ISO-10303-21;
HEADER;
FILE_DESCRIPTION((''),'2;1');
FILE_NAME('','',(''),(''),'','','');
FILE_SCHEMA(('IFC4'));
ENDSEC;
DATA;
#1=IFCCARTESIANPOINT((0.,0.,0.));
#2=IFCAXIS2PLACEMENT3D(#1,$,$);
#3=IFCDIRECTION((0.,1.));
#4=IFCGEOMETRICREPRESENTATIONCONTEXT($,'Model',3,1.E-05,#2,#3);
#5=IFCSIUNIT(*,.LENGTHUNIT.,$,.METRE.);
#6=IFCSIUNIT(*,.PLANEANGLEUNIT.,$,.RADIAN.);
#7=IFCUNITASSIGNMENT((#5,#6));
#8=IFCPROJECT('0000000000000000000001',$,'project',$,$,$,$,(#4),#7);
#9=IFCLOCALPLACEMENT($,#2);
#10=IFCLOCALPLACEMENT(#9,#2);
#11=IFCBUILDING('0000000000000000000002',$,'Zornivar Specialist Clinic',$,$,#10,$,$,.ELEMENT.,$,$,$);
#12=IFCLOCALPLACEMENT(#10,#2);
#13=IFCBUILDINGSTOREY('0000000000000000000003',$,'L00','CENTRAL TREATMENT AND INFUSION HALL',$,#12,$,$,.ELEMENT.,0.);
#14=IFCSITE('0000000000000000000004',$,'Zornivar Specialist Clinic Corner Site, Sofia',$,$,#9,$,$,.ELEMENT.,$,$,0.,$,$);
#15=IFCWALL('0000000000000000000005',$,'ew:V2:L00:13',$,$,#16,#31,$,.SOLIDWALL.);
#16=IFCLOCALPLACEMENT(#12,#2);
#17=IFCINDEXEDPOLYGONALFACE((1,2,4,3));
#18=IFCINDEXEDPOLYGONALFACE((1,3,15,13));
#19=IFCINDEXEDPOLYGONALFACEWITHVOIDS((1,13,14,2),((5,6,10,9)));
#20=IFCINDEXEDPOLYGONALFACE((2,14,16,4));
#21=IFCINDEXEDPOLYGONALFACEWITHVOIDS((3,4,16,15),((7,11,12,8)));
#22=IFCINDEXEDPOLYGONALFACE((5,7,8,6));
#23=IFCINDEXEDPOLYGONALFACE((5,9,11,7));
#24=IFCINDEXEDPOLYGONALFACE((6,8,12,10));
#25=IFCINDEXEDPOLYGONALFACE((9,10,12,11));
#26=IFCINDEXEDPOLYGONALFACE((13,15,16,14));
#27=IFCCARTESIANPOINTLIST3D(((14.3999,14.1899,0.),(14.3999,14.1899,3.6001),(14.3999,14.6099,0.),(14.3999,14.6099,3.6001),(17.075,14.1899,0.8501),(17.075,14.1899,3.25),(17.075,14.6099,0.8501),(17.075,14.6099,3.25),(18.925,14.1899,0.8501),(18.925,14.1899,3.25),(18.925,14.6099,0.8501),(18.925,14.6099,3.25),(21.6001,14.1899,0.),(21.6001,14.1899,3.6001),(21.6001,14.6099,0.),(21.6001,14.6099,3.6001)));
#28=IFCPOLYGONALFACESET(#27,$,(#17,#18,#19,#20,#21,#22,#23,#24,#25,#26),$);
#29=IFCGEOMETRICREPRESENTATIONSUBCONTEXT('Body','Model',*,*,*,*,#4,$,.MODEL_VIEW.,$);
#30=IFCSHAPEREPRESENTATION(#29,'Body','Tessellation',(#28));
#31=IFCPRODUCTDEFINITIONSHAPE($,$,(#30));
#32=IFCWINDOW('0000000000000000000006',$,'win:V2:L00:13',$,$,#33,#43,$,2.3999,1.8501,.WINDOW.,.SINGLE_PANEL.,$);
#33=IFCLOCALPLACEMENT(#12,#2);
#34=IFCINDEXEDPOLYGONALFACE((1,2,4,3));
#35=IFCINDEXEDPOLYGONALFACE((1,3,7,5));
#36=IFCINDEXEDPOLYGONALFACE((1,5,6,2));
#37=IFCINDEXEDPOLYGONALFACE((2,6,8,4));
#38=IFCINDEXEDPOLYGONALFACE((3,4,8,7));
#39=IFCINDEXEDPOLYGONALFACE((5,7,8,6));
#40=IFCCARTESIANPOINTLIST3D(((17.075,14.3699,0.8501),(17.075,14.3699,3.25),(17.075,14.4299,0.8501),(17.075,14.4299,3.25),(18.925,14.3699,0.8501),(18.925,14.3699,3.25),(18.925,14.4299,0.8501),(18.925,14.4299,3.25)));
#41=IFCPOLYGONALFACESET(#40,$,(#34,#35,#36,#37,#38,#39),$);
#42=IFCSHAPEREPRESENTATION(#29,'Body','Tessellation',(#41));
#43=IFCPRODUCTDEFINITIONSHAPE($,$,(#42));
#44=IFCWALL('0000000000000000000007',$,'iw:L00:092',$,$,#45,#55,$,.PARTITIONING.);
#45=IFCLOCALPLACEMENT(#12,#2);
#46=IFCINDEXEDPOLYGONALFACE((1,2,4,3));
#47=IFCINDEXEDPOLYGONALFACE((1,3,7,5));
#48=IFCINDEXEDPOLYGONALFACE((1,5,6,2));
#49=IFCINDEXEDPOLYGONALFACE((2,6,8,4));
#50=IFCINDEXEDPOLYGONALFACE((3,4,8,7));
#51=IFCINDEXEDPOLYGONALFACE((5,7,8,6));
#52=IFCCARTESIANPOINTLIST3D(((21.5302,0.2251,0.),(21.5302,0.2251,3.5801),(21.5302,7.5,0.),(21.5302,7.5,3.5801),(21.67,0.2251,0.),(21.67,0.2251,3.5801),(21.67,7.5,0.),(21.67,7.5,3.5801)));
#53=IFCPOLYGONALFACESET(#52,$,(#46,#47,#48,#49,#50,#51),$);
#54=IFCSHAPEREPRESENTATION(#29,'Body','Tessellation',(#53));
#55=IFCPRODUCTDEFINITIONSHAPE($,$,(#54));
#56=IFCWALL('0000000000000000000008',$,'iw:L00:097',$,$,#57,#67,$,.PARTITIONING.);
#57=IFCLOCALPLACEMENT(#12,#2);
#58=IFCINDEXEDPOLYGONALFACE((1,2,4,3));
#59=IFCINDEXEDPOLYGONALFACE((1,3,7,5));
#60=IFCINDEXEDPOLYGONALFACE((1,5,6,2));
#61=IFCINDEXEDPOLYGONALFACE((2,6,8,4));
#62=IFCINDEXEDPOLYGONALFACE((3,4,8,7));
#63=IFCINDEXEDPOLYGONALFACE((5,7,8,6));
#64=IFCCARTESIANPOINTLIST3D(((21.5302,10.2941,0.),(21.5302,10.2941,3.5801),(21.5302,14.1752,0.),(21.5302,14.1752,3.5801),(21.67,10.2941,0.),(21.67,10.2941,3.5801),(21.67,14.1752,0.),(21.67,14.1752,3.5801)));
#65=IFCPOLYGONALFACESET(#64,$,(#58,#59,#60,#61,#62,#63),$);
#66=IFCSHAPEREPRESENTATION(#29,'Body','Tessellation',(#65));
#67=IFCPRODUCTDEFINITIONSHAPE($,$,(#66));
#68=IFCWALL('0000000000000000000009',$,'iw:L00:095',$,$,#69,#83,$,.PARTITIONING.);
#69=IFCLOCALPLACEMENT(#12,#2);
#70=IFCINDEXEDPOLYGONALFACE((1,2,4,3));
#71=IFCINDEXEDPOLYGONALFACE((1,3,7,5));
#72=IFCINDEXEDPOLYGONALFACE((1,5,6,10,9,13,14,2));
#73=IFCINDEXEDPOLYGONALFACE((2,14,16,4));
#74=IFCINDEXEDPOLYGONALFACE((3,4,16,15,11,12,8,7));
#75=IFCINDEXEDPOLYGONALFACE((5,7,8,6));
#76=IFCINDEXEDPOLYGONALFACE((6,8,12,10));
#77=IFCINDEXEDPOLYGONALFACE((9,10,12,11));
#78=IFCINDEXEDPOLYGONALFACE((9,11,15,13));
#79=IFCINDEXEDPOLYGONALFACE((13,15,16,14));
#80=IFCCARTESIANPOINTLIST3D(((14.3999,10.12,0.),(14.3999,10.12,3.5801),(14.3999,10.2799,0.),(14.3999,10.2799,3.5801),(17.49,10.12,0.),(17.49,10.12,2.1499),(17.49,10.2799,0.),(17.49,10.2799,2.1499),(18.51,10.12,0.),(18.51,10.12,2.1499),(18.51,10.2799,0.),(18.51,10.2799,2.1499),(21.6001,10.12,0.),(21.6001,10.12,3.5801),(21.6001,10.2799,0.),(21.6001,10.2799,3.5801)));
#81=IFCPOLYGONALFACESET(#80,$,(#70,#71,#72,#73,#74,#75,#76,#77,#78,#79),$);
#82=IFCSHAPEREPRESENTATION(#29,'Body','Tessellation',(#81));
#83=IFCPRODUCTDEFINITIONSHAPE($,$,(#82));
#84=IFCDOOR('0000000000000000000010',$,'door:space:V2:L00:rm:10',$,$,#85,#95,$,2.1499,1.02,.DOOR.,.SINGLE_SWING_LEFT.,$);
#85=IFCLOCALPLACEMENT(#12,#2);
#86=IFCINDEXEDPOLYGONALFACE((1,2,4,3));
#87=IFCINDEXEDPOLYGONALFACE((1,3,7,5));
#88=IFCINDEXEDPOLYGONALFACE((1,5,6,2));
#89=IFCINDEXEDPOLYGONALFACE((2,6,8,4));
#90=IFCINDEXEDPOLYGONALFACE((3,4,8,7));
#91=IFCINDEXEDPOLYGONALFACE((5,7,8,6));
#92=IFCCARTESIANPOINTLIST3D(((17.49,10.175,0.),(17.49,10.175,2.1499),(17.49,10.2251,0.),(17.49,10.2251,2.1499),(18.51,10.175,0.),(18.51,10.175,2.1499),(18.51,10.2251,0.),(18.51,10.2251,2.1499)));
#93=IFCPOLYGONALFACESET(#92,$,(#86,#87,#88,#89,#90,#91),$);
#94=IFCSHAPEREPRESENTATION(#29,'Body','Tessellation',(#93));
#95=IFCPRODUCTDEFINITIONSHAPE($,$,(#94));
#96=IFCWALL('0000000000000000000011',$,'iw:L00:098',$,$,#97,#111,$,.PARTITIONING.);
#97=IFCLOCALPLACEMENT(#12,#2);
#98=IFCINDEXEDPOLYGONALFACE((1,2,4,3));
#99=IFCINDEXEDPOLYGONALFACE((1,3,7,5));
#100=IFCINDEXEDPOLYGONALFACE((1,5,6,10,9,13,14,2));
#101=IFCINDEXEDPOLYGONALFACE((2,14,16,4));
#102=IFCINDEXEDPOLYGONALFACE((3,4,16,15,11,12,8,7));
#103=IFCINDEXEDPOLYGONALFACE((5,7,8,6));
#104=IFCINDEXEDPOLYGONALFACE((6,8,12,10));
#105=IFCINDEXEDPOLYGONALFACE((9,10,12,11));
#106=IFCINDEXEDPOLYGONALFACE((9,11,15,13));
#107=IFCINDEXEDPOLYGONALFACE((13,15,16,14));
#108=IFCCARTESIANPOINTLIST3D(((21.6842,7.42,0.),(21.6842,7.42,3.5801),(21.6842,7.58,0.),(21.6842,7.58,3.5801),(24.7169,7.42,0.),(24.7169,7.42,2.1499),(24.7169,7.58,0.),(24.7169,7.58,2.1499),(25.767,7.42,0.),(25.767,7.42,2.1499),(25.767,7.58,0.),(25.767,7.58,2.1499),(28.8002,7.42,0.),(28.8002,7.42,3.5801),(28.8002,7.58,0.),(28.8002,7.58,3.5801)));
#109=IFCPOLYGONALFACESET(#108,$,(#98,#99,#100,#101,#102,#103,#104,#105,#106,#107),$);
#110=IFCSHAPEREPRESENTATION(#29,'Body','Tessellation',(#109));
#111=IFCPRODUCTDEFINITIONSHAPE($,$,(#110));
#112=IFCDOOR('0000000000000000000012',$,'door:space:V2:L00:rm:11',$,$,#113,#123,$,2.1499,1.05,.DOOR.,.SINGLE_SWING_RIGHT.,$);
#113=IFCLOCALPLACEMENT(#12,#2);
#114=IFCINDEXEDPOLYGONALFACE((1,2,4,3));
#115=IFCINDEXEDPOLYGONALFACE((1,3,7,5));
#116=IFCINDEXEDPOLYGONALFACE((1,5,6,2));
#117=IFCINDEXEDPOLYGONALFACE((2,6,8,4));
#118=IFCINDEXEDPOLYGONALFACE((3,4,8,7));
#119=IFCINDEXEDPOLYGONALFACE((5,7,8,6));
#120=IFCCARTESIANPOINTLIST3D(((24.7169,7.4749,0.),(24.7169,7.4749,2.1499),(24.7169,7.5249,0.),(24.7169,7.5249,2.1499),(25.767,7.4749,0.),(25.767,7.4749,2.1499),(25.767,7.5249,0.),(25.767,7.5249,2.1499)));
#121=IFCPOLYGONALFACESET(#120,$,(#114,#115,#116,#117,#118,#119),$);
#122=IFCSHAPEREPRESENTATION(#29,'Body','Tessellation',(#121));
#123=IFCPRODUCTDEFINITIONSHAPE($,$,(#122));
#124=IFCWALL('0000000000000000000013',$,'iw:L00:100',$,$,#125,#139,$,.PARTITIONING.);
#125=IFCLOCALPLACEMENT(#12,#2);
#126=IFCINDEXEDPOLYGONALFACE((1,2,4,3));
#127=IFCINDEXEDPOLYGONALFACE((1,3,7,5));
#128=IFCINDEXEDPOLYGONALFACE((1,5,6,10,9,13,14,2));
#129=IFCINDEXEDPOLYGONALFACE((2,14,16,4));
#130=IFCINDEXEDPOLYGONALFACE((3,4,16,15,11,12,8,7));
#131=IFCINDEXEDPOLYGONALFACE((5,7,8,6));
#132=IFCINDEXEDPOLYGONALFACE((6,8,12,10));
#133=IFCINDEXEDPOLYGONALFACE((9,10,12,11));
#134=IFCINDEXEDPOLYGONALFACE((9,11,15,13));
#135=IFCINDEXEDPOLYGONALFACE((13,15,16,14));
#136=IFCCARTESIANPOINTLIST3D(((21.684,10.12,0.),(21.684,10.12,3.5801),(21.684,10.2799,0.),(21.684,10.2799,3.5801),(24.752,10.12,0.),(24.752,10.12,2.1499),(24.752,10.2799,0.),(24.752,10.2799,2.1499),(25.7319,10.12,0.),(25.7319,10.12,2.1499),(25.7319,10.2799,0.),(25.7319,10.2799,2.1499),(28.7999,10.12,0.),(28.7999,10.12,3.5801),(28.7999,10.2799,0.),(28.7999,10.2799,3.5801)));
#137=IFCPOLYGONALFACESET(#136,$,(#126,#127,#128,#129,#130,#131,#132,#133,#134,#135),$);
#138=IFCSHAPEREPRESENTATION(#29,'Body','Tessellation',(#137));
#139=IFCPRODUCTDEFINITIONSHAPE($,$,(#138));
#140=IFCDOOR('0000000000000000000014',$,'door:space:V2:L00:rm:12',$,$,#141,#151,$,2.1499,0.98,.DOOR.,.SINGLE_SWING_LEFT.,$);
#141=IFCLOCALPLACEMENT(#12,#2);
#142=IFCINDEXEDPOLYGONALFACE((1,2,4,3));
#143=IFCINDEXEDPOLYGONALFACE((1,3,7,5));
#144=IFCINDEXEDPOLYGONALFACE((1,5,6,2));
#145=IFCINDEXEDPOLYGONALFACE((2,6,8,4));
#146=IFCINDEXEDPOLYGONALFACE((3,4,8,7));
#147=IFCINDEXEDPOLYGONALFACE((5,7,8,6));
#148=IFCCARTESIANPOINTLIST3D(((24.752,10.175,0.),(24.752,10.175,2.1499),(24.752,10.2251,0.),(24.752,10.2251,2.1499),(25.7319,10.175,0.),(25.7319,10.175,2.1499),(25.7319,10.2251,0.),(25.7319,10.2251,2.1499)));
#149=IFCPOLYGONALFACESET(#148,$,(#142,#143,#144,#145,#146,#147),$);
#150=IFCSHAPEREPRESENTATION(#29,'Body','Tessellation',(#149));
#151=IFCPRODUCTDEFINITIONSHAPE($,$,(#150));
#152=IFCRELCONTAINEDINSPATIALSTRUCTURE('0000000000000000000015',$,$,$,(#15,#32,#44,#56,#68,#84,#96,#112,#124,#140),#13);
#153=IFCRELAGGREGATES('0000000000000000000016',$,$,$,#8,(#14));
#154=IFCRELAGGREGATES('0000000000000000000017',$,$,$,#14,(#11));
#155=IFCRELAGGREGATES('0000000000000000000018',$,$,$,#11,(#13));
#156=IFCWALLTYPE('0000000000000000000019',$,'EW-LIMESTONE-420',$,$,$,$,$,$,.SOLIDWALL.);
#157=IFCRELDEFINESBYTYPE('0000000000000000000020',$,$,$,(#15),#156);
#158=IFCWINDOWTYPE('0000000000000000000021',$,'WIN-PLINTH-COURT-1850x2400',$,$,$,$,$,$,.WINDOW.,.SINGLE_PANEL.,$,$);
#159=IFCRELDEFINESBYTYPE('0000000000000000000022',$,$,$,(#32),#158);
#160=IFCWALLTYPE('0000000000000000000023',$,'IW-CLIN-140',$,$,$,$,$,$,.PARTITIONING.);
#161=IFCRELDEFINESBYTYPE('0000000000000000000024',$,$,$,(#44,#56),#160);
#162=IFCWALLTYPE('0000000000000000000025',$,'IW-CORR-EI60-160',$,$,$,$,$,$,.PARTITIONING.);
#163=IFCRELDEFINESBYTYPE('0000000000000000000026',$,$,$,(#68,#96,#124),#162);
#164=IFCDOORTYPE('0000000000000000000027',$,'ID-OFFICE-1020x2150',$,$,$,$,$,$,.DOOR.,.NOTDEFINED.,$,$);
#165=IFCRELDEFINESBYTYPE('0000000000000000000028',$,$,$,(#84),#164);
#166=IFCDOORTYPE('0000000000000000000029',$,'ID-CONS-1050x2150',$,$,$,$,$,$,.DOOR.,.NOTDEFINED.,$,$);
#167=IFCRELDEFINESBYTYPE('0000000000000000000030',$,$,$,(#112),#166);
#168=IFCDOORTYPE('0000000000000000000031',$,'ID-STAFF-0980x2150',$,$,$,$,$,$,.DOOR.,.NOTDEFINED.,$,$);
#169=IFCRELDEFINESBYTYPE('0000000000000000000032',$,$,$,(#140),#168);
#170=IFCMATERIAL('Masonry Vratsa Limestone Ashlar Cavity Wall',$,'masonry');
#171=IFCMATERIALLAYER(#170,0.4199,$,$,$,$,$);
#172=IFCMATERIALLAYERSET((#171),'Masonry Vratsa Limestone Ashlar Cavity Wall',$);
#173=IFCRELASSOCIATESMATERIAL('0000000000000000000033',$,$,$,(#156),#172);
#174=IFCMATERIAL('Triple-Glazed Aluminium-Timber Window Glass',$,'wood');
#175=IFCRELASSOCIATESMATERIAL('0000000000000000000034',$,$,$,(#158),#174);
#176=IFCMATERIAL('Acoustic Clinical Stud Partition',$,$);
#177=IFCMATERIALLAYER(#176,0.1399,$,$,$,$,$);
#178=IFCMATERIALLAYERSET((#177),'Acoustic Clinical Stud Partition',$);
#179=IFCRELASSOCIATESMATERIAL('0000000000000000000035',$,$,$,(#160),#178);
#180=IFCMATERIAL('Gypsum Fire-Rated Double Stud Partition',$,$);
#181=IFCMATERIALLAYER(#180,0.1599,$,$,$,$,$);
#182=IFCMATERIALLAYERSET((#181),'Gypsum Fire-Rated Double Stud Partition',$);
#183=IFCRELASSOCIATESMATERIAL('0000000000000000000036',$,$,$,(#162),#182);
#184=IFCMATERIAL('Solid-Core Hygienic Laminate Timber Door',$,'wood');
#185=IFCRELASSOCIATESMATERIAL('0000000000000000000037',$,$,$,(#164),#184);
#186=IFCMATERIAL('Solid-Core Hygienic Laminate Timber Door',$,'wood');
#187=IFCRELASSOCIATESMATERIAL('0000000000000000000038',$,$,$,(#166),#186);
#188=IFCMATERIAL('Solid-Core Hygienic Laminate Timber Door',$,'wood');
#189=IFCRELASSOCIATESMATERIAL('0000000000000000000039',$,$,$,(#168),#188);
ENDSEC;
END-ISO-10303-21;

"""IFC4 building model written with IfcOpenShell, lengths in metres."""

from ifc_helpers import new_model, si_unit, direction, frame, frame_2d, origin, place, context, subcontext, project, spatial, rectangle, extrude, material, layer, layer_set, type_object, element, fill, save


model = new_model("IFC4")

# Units and contexts
model_context = context("Model", 3, precision=1e-05, world=origin(), true_north=direction((0.0, 1.0)))
body_context = subcontext(model_context, "Body", "Model", "MODEL_VIEW")
ifc_project = project(units=[si_unit("LENGTHUNIT", "METRE"), si_unit("PLANEANGLEUNIT", "RADIAN")], contexts=[model_context])

# Site, building, storey
site_placement = place(None, origin())
site = spatial("IfcSite", under=ifc_project, at=site_placement, Name="Zornivar Specialist Clinic Corner Site, Sofia", CompositionType="ELEMENT", RefElevation=0.0)
building_placement = place(site_placement, origin())
building = spatial("IfcBuilding", under=site, at=building_placement, Name="Zornivar Specialist Clinic", CompositionType="ELEMENT")
storey_placement = place(building_placement, origin())
storey = spatial("IfcBuildingStorey", under=building, at=storey_placement, Name="L00", Description="CENTRAL TREATMENT AND INFUSION HALL", CompositionType="ELEMENT", Elevation=0.0)

# Wall, opening, window
ifc_material_1 = material(Name="Masonry Vratsa Limestone Ashlar Cavity Wall", Category="masonry")
ifc_layer_1 = layer(ifc_material_1, 0.4199)
ifc_layer_set_1 = layer_set([ifc_layer_1], Name="Masonry Vratsa Limestone Ashlar Cavity Wall")
wall_type_1 = type_object("IfcWallType", Name="EW-LIMESTONE-420", PredefinedType="SOLIDWALL", material=ifc_layer_set_1)
wall_1_placement = place(storey_placement, frame((21.6001, 14.3999, 0.0), z_axis=(0.0, 0.0, 1.0), x_axis=(-1.0, 0.0, 0.0)))
wall_1 = element("IfcWall", 1, at=wall_1_placement, inside=storey, type_object=wall_type_1, Name="ew:V2:L00:13", PredefinedType="SOLIDWALL", context=body_context, shape_type="SweptSolid", body=[
    extrude(rectangle(XDim=7.2002, YDim=0.4199, at=frame_2d((3.6001, 0.0))), origin(), (0.0, 0.0, 1.0), 3.6001),
])
opening_1_placement = place(wall_1_placement, frame((2.675, 0.0, 0.8501)))
opening_1 = element("IfcOpeningElement", 2, at=opening_1_placement, cuts=wall_1, PredefinedType="OPENING", context=body_context, shape_type="SweptSolid", body=[
    extrude(rectangle(XDim=1.8501, YDim=2.3999, at=frame_2d((0.925, 1.2))), frame((0.0, 0.22, 0.0), z_axis=(0.0, -1.0, 0.0), x_axis=(1.0, 0.0, 0.0)), (0.0, 0.0, 1.0), 0.4399),
])
ifc_material_2 = material(Name="Triple-Glazed Aluminium-Timber Window Glass", Category="wood")
window_type = type_object("IfcWindowType", Name="WIN-PLINTH-COURT-1850x2400", PartitioningType="SINGLE_PANEL", PredefinedType="WINDOW", material=ifc_material_2)
window_placement = place(opening_1_placement, origin())
window = element("IfcWindow", 3, at=window_placement, inside=storey, type_object=window_type, Name="win:V2:L00:13", OverallHeight=2.3999, OverallWidth=1.8501, PartitioningType="SINGLE_PANEL", PredefinedType="WINDOW", context=body_context, shape_type="SweptSolid", body=[
    extrude(rectangle(XDim=1.8501, YDim=2.3999, at=frame_2d((0.925, 1.2))), frame((0.0, 0.03, 0.0), z_axis=(0.0, -1.0, 0.0), x_axis=(1.0, 0.0, 0.0)), (0.0, 0.0, 1.0), 0.0601),
])
fill(opening_1, window)

# Walls
ifc_material_3 = material(Name="Acoustic Clinical Stud Partition")
ifc_layer_2 = layer(ifc_material_3, 0.1399)
ifc_layer_set_2 = layer_set([ifc_layer_2], Name="Acoustic Clinical Stud Partition")
wall_type_2 = type_object("IfcWallType", Name="IW-CLIN-140", PredefinedType="PARTITIONING", material=ifc_layer_set_2)
wall_2_placement = place(storey_placement, frame((21.6001, 7.5, 0.0), z_axis=(0.0, 0.0, 1.0), x_axis=(0.0, -1.0, 0.0)))
element("IfcWall", 4, at=wall_2_placement, inside=storey, type_object=wall_type_2, Name="iw:L00:092", PredefinedType="PARTITIONING", context=body_context, shape_type="SweptSolid", body=[
    extrude(rectangle(XDim=7.2749, YDim=0.1399, at=frame_2d((3.6375, 0.0))), origin(), (0.0, 0.0, 1.0), 3.5801),
])
wall_3_placement = place(storey_placement, frame((21.6001, 14.175, 0.0), z_axis=(0.0, 0.0, 1.0), x_axis=(0.0, -1.0, 0.0)))
element("IfcWall", 5, at=wall_3_placement, inside=storey, type_object=wall_type_2, Name="iw:L00:097", PredefinedType="PARTITIONING", context=body_context, shape_type="SweptSolid", body=[
    extrude(rectangle(XDim=3.8811, YDim=0.1399, at=frame_2d((1.9404, 0.0))), origin(), (0.0, 0.0, 1.0), 3.5801),
])

# Walls, openings, doors
ifc_material_4 = material(Name="Gypsum Fire-Rated Double Stud Partition")
ifc_layer_3 = layer(ifc_material_4, 0.1599)
ifc_layer_set_3 = layer_set([ifc_layer_3], Name="Gypsum Fire-Rated Double Stud Partition")
wall_type_3 = type_object("IfcWallType", Name="IW-CORR-EI60-160", PredefinedType="PARTITIONING", material=ifc_layer_set_3)
wall_4_placement = place(storey_placement, frame((21.6001, 10.2, 0.0), z_axis=(0.0, 0.0, 1.0), x_axis=(-1.0, 0.0, 0.0)))
wall_4 = element("IfcWall", 6, at=wall_4_placement, inside=storey, type_object=wall_type_3, Name="iw:L00:095", PredefinedType="PARTITIONING", context=body_context, shape_type="SweptSolid", body=[
    extrude(rectangle(XDim=7.2002, YDim=0.1599, at=frame_2d((3.6001, 0.0))), origin(), (0.0, 0.0, 1.0), 3.5801),
])
opening_2_placement = place(wall_4_placement, frame((3.0901, 0.0, 0.0)))
opening_2 = element("IfcOpeningElement", 7, at=opening_2_placement, cuts=wall_4, PredefinedType="OPENING", context=body_context, shape_type="SweptSolid", body=[
    extrude(rectangle(XDim=1.02, YDim=2.1499, at=frame_2d((0.51, 1.075))), frame((0.0, 0.0898, 0.0), z_axis=(0.0, -1.0, 0.0), x_axis=(1.0, 0.0, 0.0)), (0.0, 0.0, 1.0), 0.1799),
])
ifc_material_5 = material(Name="Solid-Core Hygienic Laminate Timber Door", Category="wood")
door_type_1 = type_object("IfcDoorType", Name="ID-OFFICE-1020x2150", OperationType="NOTDEFINED", PredefinedType="DOOR", material=ifc_material_5)
door_1_placement = place(opening_2_placement, origin())
door_1 = element("IfcDoor", 8, at=door_1_placement, inside=storey, type_object=door_type_1, Name="door:space:V2:L00:rm:10", OperationType="SINGLE_SWING_LEFT", OverallHeight=2.1499, OverallWidth=1.02, PredefinedType="DOOR", context=body_context, shape_type="SweptSolid", body=[
    extrude(rectangle(XDim=1.02, YDim=2.1499, at=frame_2d((0.51, 1.075))), frame((0.0, 0.0249, 0.0), z_axis=(0.0, -1.0, 0.0), x_axis=(1.0, 0.0, 0.0)), (0.0, 0.0, 1.0), 0.05),
])
fill(opening_2, door_1)
wall_5_placement = place(storey_placement, frame((21.6841, 7.5, 0.0), z_axis=(0.0, 0.0, 1.0), x_axis=(1.0, 0.0, 0.0)))
wall_5 = element("IfcWall", 9, at=wall_5_placement, inside=storey, type_object=wall_type_3, Name="iw:L00:098", PredefinedType="PARTITIONING", context=body_context, shape_type="SweptSolid", body=[
    extrude(rectangle(XDim=7.116, YDim=0.1599, at=frame_2d((3.5581, 0.0))), origin(), (0.0, 0.0, 1.0), 3.5801),
])
opening_3_placement = place(wall_5_placement, frame((3.033, 0.0, 0.0)))
opening_3 = element("IfcOpeningElement", 10, at=opening_3_placement, cuts=wall_5, PredefinedType="OPENING", context=body_context, shape_type="SweptSolid", body=[
    extrude(rectangle(XDim=1.05, YDim=2.1499, at=frame_2d((0.5249, 1.075))), frame((0.0, 0.0898, 0.0), z_axis=(0.0, -1.0, 0.0), x_axis=(1.0, 0.0, 0.0)), (0.0, 0.0, 1.0), 0.1799),
])
ifc_material_6 = material(Name="Solid-Core Hygienic Laminate Timber Door", Category="wood")
door_type_2 = type_object("IfcDoorType", Name="ID-CONS-1050x2150", OperationType="NOTDEFINED", PredefinedType="DOOR", material=ifc_material_6)
door_2_placement = place(opening_3_placement, origin())
door_2 = element("IfcDoor", 11, at=door_2_placement, inside=storey, type_object=door_type_2, Name="door:space:V2:L00:rm:11", OperationType="SINGLE_SWING_RIGHT", OverallHeight=2.1499, OverallWidth=1.05, PredefinedType="DOOR", context=body_context, shape_type="SweptSolid", body=[
    extrude(rectangle(XDim=1.05, YDim=2.1499, at=frame_2d((0.5249, 1.075))), frame((0.0, 0.0249, 0.0), z_axis=(0.0, -1.0, 0.0), x_axis=(1.0, 0.0, 0.0)), (0.0, 0.0, 1.0), 0.05),
])
fill(opening_3, door_2)
wall_6_placement = place(storey_placement, frame((28.8, 10.2, 0.0), z_axis=(0.0, 0.0, 1.0), x_axis=(-1.0, 0.0, 0.0)))
wall_6 = element("IfcWall", 12, at=wall_6_placement, inside=storey, type_object=wall_type_3, Name="iw:L00:100", PredefinedType="PARTITIONING", context=body_context, shape_type="SweptSolid", body=[
    extrude(rectangle(XDim=7.116, YDim=0.1599, at=frame_2d((3.5581, 0.0))), origin(), (0.0, 0.0, 1.0), 3.5801),
])
opening_4_placement = place(wall_6_placement, frame((3.0681, 0.0, 0.0)))
opening_4 = element("IfcOpeningElement", 13, at=opening_4_placement, cuts=wall_6, PredefinedType="OPENING", context=body_context, shape_type="SweptSolid", body=[
    extrude(rectangle(XDim=0.98, YDim=2.1499, at=frame_2d((0.49, 1.075))), frame((0.0, 0.0898, 0.0), z_axis=(0.0, -1.0, 0.0), x_axis=(1.0, 0.0, 0.0)), (0.0, 0.0, 1.0), 0.1799),
])
ifc_material_7 = material(Name="Solid-Core Hygienic Laminate Timber Door", Category="wood")
door_type_3 = type_object("IfcDoorType", Name="ID-STAFF-0980x2150", OperationType="NOTDEFINED", PredefinedType="DOOR", material=ifc_material_7)
door_3_placement = place(opening_4_placement, origin())
door_3 = element("IfcDoor", 14, at=door_3_placement, inside=storey, type_object=door_type_3, Name="door:space:V2:L00:rm:12", OperationType="SINGLE_SWING_LEFT", OverallHeight=2.1499, OverallWidth=0.98, PredefinedType="DOOR", context=body_context, shape_type="SweptSolid", body=[
    extrude(rectangle(XDim=0.98, YDim=2.1499, at=frame_2d((0.49, 1.075))), frame((0.0, 0.0249, 0.0), z_axis=(0.0, -1.0, 0.0), x_axis=(1.0, 0.0, 0.0)), (0.0, 0.0, 1.0), 0.05),
])
fill(opening_4, door_3)

save(model, "model.ifc")
